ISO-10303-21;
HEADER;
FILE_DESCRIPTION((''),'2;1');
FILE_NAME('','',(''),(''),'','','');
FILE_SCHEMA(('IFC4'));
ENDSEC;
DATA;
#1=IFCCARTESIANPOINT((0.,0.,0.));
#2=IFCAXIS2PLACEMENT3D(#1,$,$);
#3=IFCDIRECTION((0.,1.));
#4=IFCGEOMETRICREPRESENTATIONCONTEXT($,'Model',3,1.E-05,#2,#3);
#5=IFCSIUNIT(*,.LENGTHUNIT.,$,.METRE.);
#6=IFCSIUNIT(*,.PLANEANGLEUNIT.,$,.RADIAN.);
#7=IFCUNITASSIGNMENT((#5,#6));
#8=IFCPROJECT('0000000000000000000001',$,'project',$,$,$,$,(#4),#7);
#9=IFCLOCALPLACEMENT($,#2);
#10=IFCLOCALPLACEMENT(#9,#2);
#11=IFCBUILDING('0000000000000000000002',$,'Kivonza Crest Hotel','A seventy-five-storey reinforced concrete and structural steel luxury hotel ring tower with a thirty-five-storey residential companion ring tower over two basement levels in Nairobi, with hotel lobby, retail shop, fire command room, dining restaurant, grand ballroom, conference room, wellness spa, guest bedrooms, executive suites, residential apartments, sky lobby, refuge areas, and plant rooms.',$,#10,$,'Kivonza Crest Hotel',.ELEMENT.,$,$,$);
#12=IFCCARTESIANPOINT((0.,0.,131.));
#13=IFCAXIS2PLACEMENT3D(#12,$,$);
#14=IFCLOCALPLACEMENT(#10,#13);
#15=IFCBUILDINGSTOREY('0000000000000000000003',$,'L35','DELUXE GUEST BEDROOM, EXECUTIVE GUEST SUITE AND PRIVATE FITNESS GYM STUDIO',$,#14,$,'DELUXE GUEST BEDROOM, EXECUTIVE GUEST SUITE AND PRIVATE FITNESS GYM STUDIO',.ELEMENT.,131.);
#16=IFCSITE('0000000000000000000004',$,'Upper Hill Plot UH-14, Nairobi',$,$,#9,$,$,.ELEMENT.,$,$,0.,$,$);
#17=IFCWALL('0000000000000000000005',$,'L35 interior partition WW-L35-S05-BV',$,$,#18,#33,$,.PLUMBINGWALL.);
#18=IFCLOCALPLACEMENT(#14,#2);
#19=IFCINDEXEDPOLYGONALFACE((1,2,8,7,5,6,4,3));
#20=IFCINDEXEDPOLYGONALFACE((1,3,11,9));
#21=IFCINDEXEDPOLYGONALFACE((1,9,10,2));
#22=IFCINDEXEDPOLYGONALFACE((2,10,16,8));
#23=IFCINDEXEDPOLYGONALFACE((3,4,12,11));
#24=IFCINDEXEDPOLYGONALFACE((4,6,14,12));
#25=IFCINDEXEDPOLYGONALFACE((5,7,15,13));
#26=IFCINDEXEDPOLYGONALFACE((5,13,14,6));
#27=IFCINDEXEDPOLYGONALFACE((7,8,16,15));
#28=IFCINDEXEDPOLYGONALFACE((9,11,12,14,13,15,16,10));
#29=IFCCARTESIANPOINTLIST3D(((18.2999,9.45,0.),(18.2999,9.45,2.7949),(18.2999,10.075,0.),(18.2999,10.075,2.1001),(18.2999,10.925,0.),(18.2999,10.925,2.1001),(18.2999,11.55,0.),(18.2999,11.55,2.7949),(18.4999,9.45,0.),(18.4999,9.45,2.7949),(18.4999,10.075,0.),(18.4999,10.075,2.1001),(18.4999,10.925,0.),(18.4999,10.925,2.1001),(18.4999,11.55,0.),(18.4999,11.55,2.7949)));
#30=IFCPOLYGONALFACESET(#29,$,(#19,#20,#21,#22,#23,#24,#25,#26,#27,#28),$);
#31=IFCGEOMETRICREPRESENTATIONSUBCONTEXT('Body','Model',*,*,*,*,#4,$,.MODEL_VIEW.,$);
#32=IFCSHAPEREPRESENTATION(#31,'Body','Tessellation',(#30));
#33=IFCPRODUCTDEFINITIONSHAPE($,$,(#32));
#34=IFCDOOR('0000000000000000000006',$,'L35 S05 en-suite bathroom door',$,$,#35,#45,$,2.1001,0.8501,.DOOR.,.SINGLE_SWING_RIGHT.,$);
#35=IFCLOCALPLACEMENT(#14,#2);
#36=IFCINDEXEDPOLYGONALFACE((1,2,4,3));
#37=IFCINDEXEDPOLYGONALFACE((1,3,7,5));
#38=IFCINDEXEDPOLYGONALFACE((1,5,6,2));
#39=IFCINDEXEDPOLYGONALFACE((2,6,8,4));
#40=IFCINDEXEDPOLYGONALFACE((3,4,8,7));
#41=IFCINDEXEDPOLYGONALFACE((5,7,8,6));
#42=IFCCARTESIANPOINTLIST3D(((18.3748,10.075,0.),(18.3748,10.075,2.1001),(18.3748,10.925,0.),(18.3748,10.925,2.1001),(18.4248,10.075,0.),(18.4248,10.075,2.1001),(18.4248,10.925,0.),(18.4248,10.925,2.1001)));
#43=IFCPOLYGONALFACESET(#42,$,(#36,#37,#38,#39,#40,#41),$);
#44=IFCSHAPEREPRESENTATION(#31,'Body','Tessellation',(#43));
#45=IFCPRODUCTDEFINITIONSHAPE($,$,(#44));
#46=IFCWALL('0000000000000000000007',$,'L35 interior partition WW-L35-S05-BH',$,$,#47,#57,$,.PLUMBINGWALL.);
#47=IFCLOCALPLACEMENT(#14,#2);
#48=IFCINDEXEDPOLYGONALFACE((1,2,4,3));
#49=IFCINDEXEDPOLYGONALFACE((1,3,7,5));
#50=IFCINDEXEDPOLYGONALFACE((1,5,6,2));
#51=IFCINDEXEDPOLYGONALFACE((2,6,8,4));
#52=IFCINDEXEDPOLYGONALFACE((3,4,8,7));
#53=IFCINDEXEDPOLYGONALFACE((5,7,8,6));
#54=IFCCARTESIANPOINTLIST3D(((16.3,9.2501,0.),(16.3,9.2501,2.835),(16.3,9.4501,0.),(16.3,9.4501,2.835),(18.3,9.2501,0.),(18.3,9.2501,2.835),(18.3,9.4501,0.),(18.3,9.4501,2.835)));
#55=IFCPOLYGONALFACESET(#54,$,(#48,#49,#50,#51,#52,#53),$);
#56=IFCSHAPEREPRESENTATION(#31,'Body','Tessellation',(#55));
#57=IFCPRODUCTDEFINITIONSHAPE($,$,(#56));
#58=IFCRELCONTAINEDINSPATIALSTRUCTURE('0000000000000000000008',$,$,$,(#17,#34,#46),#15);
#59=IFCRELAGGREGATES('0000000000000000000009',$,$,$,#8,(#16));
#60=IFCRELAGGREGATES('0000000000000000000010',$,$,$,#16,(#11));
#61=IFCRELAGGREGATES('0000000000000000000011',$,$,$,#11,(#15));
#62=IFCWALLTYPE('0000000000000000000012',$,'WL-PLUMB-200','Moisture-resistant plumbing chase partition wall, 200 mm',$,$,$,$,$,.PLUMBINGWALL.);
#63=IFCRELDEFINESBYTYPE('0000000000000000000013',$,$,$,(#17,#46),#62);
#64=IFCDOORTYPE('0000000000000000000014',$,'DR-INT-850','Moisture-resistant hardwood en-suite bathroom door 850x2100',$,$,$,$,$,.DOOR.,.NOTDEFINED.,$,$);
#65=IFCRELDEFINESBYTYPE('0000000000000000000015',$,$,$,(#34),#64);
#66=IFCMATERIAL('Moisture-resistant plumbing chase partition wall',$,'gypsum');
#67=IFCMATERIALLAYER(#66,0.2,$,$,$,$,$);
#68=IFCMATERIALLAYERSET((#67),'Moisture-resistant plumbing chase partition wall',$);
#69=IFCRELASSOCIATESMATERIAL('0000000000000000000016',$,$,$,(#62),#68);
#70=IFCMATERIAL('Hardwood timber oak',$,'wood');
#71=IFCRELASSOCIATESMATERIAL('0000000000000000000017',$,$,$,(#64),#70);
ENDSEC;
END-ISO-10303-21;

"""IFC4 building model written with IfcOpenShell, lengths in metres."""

from ifc_helpers import new_model, si_unit, direction, frame, frame_2d, origin, place, context, subcontext, project, spatial, rectangle, extrude, material, layer, layer_set, type_object, element, fill, save


model = new_model("IFC4")

# Units and contexts
model_context = context("Model", 3, precision=1e-05, world=origin(), true_north=direction((0.0, 1.0)))
body_context = subcontext(model_context, "Body", "Model", "MODEL_VIEW")
ifc_project = project(units=[si_unit("LENGTHUNIT", "METRE"), si_unit("PLANEANGLEUNIT", "RADIAN")], contexts=[model_context])

# Site, building, storey
site_placement = place(None, origin())
site = spatial("IfcSite", under=ifc_project, at=site_placement, Name="Upper Hill Plot UH-14, Nairobi", CompositionType="ELEMENT", RefElevation=0.0)
building_placement = place(site_placement, origin())
building = spatial("IfcBuilding", under=site, at=building_placement, Name="Kivonza Crest Hotel", Description="A seventy-five-storey reinforced concrete and structural steel luxury hotel ring tower with a thirty-five-storey residential companion ring tower over two basement levels in Nairobi, with hotel lobby, retail shop, fire command room, dining restaurant, grand ballroom, conference room, wellness spa, guest bedrooms, executive suites, residential apartments, sky lobby, refuge areas, and plant rooms.", LongName="Kivonza Crest Hotel", CompositionType="ELEMENT")
storey_placement = place(building_placement, frame((0.0, 0.0, 131.0)))
storey = spatial("IfcBuildingStorey", under=building, at=storey_placement, Name="L35", Description="DELUXE GUEST BEDROOM, EXECUTIVE GUEST SUITE AND PRIVATE FITNESS GYM STUDIO", LongName="DELUXE GUEST BEDROOM, EXECUTIVE GUEST SUITE AND PRIVATE FITNESS GYM STUDIO", CompositionType="ELEMENT", Elevation=131.0)

# Wall, opening, door
ifc_material_1 = material(Name="Hardwood timber oak", Category="wood")
ifc_material_2 = material(Name="Moisture-resistant plumbing chase partition wall", Category="gypsum")
ifc_layer_1 = layer(ifc_material_2, 0.2)
ifc_layer_set_1 = layer_set([ifc_layer_1], Name="Moisture-resistant plumbing chase partition wall")
wall_type_1 = type_object("IfcWallType", Name="WL-PLUMB-200", Description="Moisture-resistant plumbing chase partition wall, 200 mm", PredefinedType="PLUMBINGWALL", material=ifc_layer_set_1)
wall_1_placement = place(storey_placement, frame((18.3999, 9.45, 0.0), z_axis=(0.0, 0.0, 1.0), x_axis=(0.0, 1.0, 0.0)))
wall_1 = element("IfcWall", 1, at=wall_1_placement, inside=storey, type_object=wall_type_1, Name="L35 interior partition WW-L35-S05-BV", PredefinedType="PLUMBINGWALL", context=body_context, shape_type="SweptSolid", body=[
    extrude(rectangle(XDim=2.1001, YDim=0.2, at=frame_2d((1.05, 0.0))), origin(), (0.0, 0.0, 1.0), 2.7949),
])
opening_1_placement = place(wall_1_placement, frame((0.625, 0.0, 0.0)))
opening_1 = element("IfcOpeningElement", 2, at=opening_1_placement, cuts=wall_1, PredefinedType="OPENING", context=body_context, shape_type="SweptSolid", body=[
    extrude(rectangle(XDim=0.8501, YDim=2.1001, at=frame_2d((0.425, 1.05))), frame((0.0, 0.1099, 0.0), z_axis=(0.0, -1.0, 0.0), x_axis=(1.0, 0.0, 0.0)), (0.0, 0.0, 1.0), 0.22),
])
door_type_1 = type_object("IfcDoorType", Name="DR-INT-850", Description="Moisture-resistant hardwood en-suite bathroom door 850x2100", OperationType="NOTDEFINED", PredefinedType="DOOR", material=ifc_material_1)
door_1_placement = place(opening_1_placement, frame((0.8501, 0.0, 0.0), z_axis=(0.0, 0.0, 1.0), x_axis=(-1.0, 0.0, 0.0)))
door_1 = element("IfcDoor", 3, at=door_1_placement, inside=storey, type_object=door_type_1, Name="L35 S05 en-suite bathroom door", OperationType="SINGLE_SWING_RIGHT", OverallHeight=2.1001, OverallWidth=0.8501, PredefinedType="DOOR", context=body_context, shape_type="SweptSolid", body=[
    extrude(rectangle(XDim=0.8501, YDim=2.1001, at=frame_2d((0.425, 1.05))), frame((0.0, 0.0249, 0.0), z_axis=(0.0, -1.0, 0.0), x_axis=(1.0, 0.0, 0.0)), (0.0, 0.0, 1.0), 0.05),
])
fill(opening_1, door_1)

# Wall
wall_2_placement = place(storey_placement, frame((16.3, 9.3501, 0.0), z_axis=(0.0, 0.0, 1.0), x_axis=(1.0, 0.0, 0.0)))
element("IfcWall", 4, at=wall_2_placement, inside=storey, type_object=wall_type_1, Name="L35 interior partition WW-L35-S05-BH", PredefinedType="PLUMBINGWALL", context=body_context, shape_type="SweptSolid", body=[
    extrude(rectangle(XDim=2.0, YDim=0.2, at=frame_2d((1.0, 0.0))), origin(), (0.0, 0.0, 1.0), 2.835),
])

save(model, "model.ifc")
